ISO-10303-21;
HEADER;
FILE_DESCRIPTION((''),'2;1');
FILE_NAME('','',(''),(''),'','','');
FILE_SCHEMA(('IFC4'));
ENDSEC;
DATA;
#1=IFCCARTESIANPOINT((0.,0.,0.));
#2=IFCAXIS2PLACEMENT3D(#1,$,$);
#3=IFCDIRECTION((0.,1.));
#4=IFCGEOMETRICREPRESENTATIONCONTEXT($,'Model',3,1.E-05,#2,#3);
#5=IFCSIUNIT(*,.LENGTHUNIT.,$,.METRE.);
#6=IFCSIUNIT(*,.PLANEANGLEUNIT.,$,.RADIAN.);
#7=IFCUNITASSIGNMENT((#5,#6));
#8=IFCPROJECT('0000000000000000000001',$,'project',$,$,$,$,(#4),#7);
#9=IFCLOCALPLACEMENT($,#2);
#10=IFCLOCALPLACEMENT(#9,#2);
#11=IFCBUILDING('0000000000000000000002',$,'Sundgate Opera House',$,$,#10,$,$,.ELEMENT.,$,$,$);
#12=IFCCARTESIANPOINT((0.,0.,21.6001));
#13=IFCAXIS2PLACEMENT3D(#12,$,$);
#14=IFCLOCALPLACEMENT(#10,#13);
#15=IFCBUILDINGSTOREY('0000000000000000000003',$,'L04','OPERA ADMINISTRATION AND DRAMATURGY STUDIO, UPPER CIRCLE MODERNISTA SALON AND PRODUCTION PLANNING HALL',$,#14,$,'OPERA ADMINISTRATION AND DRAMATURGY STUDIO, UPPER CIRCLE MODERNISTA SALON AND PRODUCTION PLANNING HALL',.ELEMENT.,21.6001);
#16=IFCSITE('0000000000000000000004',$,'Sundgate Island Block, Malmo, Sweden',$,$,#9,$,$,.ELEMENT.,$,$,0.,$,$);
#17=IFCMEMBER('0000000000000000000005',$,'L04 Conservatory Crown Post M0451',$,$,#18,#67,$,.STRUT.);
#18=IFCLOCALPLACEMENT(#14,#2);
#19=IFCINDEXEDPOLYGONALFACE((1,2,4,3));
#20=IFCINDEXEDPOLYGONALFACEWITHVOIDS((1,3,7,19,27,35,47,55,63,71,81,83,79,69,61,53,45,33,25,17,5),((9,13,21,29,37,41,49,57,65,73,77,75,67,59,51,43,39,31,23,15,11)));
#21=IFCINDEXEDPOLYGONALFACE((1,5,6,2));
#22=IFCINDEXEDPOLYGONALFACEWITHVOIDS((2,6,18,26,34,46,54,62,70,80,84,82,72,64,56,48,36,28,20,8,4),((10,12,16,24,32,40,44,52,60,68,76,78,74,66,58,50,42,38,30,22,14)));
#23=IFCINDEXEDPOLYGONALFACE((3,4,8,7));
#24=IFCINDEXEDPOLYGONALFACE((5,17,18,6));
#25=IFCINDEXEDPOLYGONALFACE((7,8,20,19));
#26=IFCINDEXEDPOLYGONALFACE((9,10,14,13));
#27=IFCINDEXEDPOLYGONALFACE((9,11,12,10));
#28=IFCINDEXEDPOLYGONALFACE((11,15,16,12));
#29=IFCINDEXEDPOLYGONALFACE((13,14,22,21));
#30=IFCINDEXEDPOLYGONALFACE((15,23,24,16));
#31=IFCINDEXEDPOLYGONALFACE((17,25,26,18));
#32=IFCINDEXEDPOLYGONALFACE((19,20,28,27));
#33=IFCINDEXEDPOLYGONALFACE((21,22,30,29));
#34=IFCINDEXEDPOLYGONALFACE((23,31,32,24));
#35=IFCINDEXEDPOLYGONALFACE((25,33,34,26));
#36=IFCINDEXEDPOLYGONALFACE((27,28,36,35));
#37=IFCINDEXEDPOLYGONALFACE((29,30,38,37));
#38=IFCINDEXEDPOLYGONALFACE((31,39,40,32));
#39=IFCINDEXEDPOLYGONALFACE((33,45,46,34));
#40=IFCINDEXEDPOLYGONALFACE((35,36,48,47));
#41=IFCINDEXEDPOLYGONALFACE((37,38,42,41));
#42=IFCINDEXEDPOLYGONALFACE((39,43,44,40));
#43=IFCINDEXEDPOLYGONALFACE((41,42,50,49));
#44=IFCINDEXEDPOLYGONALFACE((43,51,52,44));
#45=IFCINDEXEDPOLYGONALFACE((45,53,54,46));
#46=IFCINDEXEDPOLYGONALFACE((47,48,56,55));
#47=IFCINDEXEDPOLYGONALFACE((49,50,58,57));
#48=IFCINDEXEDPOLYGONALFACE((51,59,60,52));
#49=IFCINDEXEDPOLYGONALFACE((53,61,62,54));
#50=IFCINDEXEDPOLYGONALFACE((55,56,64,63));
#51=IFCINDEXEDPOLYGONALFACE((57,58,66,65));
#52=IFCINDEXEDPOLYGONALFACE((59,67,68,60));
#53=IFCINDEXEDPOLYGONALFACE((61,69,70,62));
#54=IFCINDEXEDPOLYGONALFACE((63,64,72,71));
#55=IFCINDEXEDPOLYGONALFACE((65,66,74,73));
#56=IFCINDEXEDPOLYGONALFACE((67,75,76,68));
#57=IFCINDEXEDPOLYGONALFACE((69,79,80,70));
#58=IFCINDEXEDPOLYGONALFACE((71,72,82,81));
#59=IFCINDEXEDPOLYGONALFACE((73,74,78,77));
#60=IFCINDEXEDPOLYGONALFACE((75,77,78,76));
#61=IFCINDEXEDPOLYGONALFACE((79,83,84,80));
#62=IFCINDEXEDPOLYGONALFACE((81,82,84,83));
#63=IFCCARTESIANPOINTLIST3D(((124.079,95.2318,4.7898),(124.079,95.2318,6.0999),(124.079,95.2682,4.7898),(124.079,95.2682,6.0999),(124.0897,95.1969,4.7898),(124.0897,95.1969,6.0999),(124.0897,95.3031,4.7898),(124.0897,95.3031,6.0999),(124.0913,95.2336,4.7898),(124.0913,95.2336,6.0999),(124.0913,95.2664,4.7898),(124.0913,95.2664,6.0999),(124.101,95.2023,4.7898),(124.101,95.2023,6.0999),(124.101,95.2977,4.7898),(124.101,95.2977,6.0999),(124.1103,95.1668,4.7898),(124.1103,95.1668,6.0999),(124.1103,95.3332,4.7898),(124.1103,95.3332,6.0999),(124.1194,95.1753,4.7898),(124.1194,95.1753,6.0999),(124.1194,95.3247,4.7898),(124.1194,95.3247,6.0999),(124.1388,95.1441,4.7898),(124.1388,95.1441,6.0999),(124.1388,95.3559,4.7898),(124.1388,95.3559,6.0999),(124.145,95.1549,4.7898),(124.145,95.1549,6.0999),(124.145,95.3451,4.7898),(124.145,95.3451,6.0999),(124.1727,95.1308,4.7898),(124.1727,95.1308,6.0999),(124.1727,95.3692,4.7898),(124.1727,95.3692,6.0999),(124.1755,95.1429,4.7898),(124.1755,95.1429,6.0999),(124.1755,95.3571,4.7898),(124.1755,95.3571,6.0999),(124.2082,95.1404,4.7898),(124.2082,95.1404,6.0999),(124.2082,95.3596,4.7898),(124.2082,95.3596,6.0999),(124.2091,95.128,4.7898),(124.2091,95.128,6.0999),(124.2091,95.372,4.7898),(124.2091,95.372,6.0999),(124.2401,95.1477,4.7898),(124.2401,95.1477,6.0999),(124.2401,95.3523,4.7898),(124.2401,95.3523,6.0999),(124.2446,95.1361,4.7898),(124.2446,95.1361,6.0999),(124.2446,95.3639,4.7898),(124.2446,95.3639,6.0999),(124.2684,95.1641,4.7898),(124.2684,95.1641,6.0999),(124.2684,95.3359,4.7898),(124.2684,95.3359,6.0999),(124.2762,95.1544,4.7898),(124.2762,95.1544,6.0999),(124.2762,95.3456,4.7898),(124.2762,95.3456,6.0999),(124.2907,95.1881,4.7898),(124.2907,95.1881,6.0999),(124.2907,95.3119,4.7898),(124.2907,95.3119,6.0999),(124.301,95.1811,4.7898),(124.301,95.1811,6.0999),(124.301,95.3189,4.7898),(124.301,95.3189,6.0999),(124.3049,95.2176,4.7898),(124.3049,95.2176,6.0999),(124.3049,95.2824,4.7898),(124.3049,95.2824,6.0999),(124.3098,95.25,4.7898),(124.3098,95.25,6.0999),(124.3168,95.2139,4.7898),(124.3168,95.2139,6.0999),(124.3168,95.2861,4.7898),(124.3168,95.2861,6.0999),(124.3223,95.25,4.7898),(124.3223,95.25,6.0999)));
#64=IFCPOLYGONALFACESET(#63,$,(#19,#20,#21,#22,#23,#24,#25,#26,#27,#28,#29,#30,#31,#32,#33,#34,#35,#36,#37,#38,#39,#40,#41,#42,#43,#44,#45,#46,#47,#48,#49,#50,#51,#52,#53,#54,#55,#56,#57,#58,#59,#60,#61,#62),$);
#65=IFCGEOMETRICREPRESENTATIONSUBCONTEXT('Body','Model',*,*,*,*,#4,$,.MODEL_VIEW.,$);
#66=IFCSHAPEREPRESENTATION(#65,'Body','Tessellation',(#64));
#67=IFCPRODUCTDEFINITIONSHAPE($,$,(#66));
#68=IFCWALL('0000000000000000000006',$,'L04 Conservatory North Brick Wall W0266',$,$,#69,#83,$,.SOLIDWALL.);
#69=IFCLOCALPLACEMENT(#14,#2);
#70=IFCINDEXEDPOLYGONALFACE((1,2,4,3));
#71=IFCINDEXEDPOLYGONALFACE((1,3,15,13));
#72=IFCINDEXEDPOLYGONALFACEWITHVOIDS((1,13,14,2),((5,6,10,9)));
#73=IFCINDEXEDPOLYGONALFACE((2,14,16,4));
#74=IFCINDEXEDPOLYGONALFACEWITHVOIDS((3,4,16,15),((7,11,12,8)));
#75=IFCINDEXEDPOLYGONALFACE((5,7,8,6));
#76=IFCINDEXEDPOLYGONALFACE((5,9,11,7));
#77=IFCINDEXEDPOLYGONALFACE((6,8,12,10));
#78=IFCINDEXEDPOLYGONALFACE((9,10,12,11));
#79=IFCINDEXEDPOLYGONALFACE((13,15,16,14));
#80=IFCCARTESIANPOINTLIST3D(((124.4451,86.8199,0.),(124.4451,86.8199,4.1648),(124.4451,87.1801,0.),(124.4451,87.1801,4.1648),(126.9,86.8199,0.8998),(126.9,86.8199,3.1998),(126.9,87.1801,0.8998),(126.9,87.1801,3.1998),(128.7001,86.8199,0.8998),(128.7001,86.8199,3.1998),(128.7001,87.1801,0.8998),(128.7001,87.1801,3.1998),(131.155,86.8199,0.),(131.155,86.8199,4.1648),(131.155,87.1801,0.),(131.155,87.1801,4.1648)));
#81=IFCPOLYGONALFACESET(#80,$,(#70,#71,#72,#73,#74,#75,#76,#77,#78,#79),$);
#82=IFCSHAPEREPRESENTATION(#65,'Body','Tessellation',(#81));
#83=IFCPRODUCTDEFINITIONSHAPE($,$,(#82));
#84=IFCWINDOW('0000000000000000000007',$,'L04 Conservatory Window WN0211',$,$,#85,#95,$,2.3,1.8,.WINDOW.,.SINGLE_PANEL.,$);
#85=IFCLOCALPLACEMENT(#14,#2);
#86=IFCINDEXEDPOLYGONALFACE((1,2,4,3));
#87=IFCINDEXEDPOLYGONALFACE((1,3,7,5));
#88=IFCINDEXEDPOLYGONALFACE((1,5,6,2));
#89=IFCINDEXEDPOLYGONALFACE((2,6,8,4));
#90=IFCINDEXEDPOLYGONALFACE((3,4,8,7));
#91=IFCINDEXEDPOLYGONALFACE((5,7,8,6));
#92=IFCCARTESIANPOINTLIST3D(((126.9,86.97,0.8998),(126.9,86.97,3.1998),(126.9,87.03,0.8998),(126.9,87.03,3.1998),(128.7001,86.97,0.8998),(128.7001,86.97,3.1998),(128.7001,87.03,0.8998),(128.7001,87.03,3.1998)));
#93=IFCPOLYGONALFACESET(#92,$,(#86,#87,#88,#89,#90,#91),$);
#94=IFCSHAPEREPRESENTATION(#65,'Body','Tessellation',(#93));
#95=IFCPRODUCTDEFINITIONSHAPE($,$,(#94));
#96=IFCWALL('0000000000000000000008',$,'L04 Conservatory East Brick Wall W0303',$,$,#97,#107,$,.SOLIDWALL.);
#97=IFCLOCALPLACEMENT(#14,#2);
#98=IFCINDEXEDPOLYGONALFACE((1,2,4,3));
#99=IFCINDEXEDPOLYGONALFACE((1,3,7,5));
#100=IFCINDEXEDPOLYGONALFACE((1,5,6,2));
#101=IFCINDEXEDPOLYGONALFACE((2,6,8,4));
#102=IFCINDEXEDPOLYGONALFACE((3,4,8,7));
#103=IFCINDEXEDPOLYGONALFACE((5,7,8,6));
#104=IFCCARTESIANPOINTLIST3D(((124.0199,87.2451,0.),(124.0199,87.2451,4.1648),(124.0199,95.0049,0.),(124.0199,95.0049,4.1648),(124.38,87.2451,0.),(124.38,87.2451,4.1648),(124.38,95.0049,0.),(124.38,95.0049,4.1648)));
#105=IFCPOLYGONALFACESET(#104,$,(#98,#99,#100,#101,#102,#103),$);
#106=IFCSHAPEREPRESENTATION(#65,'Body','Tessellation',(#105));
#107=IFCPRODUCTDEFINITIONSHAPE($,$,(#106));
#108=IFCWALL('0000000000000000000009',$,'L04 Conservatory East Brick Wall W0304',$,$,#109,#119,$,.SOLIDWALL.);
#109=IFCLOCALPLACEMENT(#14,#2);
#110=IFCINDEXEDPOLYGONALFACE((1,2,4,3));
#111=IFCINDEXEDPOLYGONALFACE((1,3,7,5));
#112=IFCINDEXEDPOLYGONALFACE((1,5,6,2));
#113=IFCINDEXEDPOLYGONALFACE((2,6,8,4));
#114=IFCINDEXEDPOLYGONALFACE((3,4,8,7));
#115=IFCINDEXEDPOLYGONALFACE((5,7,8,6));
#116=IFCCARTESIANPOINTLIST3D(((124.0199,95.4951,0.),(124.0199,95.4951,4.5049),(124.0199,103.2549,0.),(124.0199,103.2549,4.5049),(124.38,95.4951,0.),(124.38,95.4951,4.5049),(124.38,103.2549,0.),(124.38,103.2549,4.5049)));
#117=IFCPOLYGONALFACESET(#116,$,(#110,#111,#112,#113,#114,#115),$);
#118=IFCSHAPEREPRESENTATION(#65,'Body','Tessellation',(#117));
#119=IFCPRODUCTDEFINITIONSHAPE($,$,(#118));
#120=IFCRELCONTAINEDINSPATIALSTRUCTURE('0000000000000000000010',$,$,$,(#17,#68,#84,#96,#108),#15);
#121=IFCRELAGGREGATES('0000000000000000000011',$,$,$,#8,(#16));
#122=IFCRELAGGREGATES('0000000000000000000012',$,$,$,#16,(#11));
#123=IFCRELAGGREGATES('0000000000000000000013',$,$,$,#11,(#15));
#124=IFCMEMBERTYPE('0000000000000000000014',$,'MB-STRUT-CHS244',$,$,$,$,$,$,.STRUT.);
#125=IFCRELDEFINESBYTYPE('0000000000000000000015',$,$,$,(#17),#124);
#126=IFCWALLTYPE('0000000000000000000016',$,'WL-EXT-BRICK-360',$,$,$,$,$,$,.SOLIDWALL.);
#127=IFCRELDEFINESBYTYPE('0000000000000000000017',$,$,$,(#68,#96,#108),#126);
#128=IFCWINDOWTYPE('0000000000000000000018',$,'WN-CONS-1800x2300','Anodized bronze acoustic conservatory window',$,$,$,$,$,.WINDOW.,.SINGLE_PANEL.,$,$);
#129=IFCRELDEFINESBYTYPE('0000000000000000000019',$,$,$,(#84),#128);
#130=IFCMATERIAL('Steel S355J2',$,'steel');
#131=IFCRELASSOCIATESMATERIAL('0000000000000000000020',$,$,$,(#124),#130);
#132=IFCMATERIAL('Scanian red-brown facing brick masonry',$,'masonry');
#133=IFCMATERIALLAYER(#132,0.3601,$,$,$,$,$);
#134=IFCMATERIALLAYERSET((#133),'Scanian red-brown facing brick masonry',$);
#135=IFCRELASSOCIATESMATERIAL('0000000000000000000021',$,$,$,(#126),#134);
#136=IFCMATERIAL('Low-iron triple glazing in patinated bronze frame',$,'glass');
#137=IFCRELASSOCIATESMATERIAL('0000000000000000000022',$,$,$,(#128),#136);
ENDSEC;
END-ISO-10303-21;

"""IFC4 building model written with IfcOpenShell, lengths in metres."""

from ifc_helpers import new_model, si_unit, direction, frame, frame_2d, origin, origin_2d, place, context, subcontext, project, spatial, rectangle, hollow_circle, extrude, material, layer, layer_set, material_profile, profile_set, type_object, element, fill, save


model = new_model("IFC4")

# Units and contexts
model_context = context("Model", 3, precision=1e-05, world=origin(), true_north=direction((0.0, 1.0)))
body_context = subcontext(model_context, "Body", "Model", "MODEL_VIEW")
ifc_project = project(units=[si_unit("LENGTHUNIT", "METRE"), si_unit("PLANEANGLEUNIT", "RADIAN")], contexts=[model_context])

# Site, building, storey
site_placement = place(None, origin())
site = spatial("IfcSite", under=ifc_project, at=site_placement, Name="Sundgate Island Block, Malmo, Sweden", CompositionType="ELEMENT", RefElevation=0.0)
building_placement = place(site_placement, origin())
building = spatial("IfcBuilding", under=site, at=building_placement, Name="Sundgate Opera House", CompositionType="ELEMENT")
storey_placement = place(building_placement, frame((0.0, 0.0, 21.6001)))
storey = spatial("IfcBuildingStorey", under=building, at=storey_placement, Name="L04", Description="OPERA ADMINISTRATION AND DRAMATURGY STUDIO, UPPER CIRCLE MODERNISTA SALON AND PRODUCTION PLANNING HALL", LongName="OPERA ADMINISTRATION AND DRAMATURGY STUDIO, UPPER CIRCLE MODERNISTA SALON AND PRODUCTION PLANNING HALL", CompositionType="ELEMENT", Elevation=21.6001)

# Member
ifc_material_1 = material(Name="Steel S355J2", Category="steel")
ifc_material_profile_1 = material_profile(ifc_material_1, hollow_circle(Radius=0.1223, WallThickness=0.0125, at=origin_2d()), Name="CHS 244.5x12.5")
ifc_profile_set_1 = profile_set([ifc_material_profile_1], Name="Steel S355J2")
member_type_1 = type_object("IfcMemberType", Name="MB-STRUT-CHS244", PredefinedType="STRUT", material=ifc_profile_set_1)
member_1_placement = place(storey_placement, frame((124.2, 95.25, 4.7898), z_axis=(0.0, 0.0, 1.0), x_axis=(1.0, 0.0, 0.0)))
element("IfcMember", 1, at=member_1_placement, inside=storey, type_object=member_type_1, Name="L04 Conservatory Crown Post M0451", PredefinedType="STRUT", context=body_context, shape_type="SweptSolid", body=[
    extrude(hollow_circle(Radius=0.1223, WallThickness=0.0125, at=origin_2d()), origin(), (0.0, 0.0, 1.0), 1.3101),
])

# Wall, opening, window
ifc_material_2 = material(Name="Scanian red-brown facing brick masonry", Category="masonry")
ifc_layer = layer(ifc_material_2, 0.3601)
ifc_layer_set = layer_set([ifc_layer], Name="Scanian red-brown facing brick masonry")
wall_type = type_object("IfcWallType", Name="WL-EXT-BRICK-360", PredefinedType="SOLIDWALL", material=ifc_layer_set)
wall_1_placement = place(storey_placement, frame((124.4451, 87.0, 0.0), z_axis=(0.0, 0.0, 1.0), x_axis=(1.0, 0.0, 0.0)))
wall_1 = element("IfcWall", 2, at=wall_1_placement, inside=storey, type_object=wall_type, Name="L04 Conservatory North Brick Wall W0266", PredefinedType="SOLIDWALL", context=body_context, shape_type="SweptSolid", body=[
    extrude(rectangle(XDim=6.71, YDim=0.3601, at=frame_2d((3.355, 0.0))), origin(), (0.0, 0.0, 1.0), 4.1648),
])
opening_placement = place(wall_1_placement, frame((2.4551, 0.0, 0.8999)))
opening = element("IfcOpeningElement", 3, at=opening_placement, cuts=wall_1, PredefinedType="OPENING", context=body_context, shape_type="SweptSolid", body=[
    extrude(rectangle(XDim=1.8, YDim=2.3, at=frame_2d((0.8999, 1.1499))), frame((0.0, 0.1899, 0.0), z_axis=(0.0, -1.0, 0.0), x_axis=(1.0, 0.0, 0.0)), (0.0, 0.0, 1.0), 0.3801),
])
ifc_material_3 = material(Name="Low-iron triple glazing in patinated bronze frame", Category="glass")
window_type = type_object("IfcWindowType", Name="WN-CONS-1800x2300", Description="Anodized bronze acoustic conservatory window", PartitioningType="SINGLE_PANEL", PredefinedType="WINDOW", material=ifc_material_3)
window_placement = place(opening_placement, origin())
window = element("IfcWindow", 4, at=window_placement, inside=storey, type_object=window_type, Name="L04 Conservatory Window WN0211", OverallHeight=2.3, OverallWidth=1.8, PartitioningType="SINGLE_PANEL", PredefinedType="WINDOW", context=body_context, shape_type="SweptSolid", body=[
    extrude(rectangle(XDim=1.8, YDim=2.3, at=frame_2d((0.8999, 1.1499))), frame((0.0, 0.03, 0.0), z_axis=(0.0, -1.0, 0.0), x_axis=(1.0, 0.0, 0.0)), (0.0, 0.0, 1.0), 0.0601),
])
fill(opening, window)

# Walls
wall_2_placement = place(storey_placement, frame((124.2, 87.2451, 0.0), z_axis=(0.0, 0.0, 1.0), x_axis=(0.0, 1.0, 0.0)))
element("IfcWall", 5, at=wall_2_placement, inside=storey, type_object=wall_type, Name="L04 Conservatory East Brick Wall W0303", PredefinedType="SOLIDWALL", context=body_context, shape_type="SweptSolid", body=[
    extrude(rectangle(XDim=7.7598, YDim=0.3601, at=frame_2d((3.8799, 0.0))), origin(), (0.0, 0.0, 1.0), 4.1648),
])
wall_3_placement = place(storey_placement, frame((124.2, 95.4951, 0.0), z_axis=(0.0, 0.0, 1.0), x_axis=(0.0, 1.0, 0.0)))
element("IfcWall", 6, at=wall_3_placement, inside=storey, type_object=wall_type, Name="L04 Conservatory East Brick Wall W0304", PredefinedType="SOLIDWALL", context=body_context, shape_type="SweptSolid", body=[
    extrude(rectangle(XDim=7.7598, YDim=0.3601, at=frame_2d((3.8799, 0.0))), origin(), (0.0, 0.0, 1.0), 4.5049),
])

save(model, "model.ifc")
